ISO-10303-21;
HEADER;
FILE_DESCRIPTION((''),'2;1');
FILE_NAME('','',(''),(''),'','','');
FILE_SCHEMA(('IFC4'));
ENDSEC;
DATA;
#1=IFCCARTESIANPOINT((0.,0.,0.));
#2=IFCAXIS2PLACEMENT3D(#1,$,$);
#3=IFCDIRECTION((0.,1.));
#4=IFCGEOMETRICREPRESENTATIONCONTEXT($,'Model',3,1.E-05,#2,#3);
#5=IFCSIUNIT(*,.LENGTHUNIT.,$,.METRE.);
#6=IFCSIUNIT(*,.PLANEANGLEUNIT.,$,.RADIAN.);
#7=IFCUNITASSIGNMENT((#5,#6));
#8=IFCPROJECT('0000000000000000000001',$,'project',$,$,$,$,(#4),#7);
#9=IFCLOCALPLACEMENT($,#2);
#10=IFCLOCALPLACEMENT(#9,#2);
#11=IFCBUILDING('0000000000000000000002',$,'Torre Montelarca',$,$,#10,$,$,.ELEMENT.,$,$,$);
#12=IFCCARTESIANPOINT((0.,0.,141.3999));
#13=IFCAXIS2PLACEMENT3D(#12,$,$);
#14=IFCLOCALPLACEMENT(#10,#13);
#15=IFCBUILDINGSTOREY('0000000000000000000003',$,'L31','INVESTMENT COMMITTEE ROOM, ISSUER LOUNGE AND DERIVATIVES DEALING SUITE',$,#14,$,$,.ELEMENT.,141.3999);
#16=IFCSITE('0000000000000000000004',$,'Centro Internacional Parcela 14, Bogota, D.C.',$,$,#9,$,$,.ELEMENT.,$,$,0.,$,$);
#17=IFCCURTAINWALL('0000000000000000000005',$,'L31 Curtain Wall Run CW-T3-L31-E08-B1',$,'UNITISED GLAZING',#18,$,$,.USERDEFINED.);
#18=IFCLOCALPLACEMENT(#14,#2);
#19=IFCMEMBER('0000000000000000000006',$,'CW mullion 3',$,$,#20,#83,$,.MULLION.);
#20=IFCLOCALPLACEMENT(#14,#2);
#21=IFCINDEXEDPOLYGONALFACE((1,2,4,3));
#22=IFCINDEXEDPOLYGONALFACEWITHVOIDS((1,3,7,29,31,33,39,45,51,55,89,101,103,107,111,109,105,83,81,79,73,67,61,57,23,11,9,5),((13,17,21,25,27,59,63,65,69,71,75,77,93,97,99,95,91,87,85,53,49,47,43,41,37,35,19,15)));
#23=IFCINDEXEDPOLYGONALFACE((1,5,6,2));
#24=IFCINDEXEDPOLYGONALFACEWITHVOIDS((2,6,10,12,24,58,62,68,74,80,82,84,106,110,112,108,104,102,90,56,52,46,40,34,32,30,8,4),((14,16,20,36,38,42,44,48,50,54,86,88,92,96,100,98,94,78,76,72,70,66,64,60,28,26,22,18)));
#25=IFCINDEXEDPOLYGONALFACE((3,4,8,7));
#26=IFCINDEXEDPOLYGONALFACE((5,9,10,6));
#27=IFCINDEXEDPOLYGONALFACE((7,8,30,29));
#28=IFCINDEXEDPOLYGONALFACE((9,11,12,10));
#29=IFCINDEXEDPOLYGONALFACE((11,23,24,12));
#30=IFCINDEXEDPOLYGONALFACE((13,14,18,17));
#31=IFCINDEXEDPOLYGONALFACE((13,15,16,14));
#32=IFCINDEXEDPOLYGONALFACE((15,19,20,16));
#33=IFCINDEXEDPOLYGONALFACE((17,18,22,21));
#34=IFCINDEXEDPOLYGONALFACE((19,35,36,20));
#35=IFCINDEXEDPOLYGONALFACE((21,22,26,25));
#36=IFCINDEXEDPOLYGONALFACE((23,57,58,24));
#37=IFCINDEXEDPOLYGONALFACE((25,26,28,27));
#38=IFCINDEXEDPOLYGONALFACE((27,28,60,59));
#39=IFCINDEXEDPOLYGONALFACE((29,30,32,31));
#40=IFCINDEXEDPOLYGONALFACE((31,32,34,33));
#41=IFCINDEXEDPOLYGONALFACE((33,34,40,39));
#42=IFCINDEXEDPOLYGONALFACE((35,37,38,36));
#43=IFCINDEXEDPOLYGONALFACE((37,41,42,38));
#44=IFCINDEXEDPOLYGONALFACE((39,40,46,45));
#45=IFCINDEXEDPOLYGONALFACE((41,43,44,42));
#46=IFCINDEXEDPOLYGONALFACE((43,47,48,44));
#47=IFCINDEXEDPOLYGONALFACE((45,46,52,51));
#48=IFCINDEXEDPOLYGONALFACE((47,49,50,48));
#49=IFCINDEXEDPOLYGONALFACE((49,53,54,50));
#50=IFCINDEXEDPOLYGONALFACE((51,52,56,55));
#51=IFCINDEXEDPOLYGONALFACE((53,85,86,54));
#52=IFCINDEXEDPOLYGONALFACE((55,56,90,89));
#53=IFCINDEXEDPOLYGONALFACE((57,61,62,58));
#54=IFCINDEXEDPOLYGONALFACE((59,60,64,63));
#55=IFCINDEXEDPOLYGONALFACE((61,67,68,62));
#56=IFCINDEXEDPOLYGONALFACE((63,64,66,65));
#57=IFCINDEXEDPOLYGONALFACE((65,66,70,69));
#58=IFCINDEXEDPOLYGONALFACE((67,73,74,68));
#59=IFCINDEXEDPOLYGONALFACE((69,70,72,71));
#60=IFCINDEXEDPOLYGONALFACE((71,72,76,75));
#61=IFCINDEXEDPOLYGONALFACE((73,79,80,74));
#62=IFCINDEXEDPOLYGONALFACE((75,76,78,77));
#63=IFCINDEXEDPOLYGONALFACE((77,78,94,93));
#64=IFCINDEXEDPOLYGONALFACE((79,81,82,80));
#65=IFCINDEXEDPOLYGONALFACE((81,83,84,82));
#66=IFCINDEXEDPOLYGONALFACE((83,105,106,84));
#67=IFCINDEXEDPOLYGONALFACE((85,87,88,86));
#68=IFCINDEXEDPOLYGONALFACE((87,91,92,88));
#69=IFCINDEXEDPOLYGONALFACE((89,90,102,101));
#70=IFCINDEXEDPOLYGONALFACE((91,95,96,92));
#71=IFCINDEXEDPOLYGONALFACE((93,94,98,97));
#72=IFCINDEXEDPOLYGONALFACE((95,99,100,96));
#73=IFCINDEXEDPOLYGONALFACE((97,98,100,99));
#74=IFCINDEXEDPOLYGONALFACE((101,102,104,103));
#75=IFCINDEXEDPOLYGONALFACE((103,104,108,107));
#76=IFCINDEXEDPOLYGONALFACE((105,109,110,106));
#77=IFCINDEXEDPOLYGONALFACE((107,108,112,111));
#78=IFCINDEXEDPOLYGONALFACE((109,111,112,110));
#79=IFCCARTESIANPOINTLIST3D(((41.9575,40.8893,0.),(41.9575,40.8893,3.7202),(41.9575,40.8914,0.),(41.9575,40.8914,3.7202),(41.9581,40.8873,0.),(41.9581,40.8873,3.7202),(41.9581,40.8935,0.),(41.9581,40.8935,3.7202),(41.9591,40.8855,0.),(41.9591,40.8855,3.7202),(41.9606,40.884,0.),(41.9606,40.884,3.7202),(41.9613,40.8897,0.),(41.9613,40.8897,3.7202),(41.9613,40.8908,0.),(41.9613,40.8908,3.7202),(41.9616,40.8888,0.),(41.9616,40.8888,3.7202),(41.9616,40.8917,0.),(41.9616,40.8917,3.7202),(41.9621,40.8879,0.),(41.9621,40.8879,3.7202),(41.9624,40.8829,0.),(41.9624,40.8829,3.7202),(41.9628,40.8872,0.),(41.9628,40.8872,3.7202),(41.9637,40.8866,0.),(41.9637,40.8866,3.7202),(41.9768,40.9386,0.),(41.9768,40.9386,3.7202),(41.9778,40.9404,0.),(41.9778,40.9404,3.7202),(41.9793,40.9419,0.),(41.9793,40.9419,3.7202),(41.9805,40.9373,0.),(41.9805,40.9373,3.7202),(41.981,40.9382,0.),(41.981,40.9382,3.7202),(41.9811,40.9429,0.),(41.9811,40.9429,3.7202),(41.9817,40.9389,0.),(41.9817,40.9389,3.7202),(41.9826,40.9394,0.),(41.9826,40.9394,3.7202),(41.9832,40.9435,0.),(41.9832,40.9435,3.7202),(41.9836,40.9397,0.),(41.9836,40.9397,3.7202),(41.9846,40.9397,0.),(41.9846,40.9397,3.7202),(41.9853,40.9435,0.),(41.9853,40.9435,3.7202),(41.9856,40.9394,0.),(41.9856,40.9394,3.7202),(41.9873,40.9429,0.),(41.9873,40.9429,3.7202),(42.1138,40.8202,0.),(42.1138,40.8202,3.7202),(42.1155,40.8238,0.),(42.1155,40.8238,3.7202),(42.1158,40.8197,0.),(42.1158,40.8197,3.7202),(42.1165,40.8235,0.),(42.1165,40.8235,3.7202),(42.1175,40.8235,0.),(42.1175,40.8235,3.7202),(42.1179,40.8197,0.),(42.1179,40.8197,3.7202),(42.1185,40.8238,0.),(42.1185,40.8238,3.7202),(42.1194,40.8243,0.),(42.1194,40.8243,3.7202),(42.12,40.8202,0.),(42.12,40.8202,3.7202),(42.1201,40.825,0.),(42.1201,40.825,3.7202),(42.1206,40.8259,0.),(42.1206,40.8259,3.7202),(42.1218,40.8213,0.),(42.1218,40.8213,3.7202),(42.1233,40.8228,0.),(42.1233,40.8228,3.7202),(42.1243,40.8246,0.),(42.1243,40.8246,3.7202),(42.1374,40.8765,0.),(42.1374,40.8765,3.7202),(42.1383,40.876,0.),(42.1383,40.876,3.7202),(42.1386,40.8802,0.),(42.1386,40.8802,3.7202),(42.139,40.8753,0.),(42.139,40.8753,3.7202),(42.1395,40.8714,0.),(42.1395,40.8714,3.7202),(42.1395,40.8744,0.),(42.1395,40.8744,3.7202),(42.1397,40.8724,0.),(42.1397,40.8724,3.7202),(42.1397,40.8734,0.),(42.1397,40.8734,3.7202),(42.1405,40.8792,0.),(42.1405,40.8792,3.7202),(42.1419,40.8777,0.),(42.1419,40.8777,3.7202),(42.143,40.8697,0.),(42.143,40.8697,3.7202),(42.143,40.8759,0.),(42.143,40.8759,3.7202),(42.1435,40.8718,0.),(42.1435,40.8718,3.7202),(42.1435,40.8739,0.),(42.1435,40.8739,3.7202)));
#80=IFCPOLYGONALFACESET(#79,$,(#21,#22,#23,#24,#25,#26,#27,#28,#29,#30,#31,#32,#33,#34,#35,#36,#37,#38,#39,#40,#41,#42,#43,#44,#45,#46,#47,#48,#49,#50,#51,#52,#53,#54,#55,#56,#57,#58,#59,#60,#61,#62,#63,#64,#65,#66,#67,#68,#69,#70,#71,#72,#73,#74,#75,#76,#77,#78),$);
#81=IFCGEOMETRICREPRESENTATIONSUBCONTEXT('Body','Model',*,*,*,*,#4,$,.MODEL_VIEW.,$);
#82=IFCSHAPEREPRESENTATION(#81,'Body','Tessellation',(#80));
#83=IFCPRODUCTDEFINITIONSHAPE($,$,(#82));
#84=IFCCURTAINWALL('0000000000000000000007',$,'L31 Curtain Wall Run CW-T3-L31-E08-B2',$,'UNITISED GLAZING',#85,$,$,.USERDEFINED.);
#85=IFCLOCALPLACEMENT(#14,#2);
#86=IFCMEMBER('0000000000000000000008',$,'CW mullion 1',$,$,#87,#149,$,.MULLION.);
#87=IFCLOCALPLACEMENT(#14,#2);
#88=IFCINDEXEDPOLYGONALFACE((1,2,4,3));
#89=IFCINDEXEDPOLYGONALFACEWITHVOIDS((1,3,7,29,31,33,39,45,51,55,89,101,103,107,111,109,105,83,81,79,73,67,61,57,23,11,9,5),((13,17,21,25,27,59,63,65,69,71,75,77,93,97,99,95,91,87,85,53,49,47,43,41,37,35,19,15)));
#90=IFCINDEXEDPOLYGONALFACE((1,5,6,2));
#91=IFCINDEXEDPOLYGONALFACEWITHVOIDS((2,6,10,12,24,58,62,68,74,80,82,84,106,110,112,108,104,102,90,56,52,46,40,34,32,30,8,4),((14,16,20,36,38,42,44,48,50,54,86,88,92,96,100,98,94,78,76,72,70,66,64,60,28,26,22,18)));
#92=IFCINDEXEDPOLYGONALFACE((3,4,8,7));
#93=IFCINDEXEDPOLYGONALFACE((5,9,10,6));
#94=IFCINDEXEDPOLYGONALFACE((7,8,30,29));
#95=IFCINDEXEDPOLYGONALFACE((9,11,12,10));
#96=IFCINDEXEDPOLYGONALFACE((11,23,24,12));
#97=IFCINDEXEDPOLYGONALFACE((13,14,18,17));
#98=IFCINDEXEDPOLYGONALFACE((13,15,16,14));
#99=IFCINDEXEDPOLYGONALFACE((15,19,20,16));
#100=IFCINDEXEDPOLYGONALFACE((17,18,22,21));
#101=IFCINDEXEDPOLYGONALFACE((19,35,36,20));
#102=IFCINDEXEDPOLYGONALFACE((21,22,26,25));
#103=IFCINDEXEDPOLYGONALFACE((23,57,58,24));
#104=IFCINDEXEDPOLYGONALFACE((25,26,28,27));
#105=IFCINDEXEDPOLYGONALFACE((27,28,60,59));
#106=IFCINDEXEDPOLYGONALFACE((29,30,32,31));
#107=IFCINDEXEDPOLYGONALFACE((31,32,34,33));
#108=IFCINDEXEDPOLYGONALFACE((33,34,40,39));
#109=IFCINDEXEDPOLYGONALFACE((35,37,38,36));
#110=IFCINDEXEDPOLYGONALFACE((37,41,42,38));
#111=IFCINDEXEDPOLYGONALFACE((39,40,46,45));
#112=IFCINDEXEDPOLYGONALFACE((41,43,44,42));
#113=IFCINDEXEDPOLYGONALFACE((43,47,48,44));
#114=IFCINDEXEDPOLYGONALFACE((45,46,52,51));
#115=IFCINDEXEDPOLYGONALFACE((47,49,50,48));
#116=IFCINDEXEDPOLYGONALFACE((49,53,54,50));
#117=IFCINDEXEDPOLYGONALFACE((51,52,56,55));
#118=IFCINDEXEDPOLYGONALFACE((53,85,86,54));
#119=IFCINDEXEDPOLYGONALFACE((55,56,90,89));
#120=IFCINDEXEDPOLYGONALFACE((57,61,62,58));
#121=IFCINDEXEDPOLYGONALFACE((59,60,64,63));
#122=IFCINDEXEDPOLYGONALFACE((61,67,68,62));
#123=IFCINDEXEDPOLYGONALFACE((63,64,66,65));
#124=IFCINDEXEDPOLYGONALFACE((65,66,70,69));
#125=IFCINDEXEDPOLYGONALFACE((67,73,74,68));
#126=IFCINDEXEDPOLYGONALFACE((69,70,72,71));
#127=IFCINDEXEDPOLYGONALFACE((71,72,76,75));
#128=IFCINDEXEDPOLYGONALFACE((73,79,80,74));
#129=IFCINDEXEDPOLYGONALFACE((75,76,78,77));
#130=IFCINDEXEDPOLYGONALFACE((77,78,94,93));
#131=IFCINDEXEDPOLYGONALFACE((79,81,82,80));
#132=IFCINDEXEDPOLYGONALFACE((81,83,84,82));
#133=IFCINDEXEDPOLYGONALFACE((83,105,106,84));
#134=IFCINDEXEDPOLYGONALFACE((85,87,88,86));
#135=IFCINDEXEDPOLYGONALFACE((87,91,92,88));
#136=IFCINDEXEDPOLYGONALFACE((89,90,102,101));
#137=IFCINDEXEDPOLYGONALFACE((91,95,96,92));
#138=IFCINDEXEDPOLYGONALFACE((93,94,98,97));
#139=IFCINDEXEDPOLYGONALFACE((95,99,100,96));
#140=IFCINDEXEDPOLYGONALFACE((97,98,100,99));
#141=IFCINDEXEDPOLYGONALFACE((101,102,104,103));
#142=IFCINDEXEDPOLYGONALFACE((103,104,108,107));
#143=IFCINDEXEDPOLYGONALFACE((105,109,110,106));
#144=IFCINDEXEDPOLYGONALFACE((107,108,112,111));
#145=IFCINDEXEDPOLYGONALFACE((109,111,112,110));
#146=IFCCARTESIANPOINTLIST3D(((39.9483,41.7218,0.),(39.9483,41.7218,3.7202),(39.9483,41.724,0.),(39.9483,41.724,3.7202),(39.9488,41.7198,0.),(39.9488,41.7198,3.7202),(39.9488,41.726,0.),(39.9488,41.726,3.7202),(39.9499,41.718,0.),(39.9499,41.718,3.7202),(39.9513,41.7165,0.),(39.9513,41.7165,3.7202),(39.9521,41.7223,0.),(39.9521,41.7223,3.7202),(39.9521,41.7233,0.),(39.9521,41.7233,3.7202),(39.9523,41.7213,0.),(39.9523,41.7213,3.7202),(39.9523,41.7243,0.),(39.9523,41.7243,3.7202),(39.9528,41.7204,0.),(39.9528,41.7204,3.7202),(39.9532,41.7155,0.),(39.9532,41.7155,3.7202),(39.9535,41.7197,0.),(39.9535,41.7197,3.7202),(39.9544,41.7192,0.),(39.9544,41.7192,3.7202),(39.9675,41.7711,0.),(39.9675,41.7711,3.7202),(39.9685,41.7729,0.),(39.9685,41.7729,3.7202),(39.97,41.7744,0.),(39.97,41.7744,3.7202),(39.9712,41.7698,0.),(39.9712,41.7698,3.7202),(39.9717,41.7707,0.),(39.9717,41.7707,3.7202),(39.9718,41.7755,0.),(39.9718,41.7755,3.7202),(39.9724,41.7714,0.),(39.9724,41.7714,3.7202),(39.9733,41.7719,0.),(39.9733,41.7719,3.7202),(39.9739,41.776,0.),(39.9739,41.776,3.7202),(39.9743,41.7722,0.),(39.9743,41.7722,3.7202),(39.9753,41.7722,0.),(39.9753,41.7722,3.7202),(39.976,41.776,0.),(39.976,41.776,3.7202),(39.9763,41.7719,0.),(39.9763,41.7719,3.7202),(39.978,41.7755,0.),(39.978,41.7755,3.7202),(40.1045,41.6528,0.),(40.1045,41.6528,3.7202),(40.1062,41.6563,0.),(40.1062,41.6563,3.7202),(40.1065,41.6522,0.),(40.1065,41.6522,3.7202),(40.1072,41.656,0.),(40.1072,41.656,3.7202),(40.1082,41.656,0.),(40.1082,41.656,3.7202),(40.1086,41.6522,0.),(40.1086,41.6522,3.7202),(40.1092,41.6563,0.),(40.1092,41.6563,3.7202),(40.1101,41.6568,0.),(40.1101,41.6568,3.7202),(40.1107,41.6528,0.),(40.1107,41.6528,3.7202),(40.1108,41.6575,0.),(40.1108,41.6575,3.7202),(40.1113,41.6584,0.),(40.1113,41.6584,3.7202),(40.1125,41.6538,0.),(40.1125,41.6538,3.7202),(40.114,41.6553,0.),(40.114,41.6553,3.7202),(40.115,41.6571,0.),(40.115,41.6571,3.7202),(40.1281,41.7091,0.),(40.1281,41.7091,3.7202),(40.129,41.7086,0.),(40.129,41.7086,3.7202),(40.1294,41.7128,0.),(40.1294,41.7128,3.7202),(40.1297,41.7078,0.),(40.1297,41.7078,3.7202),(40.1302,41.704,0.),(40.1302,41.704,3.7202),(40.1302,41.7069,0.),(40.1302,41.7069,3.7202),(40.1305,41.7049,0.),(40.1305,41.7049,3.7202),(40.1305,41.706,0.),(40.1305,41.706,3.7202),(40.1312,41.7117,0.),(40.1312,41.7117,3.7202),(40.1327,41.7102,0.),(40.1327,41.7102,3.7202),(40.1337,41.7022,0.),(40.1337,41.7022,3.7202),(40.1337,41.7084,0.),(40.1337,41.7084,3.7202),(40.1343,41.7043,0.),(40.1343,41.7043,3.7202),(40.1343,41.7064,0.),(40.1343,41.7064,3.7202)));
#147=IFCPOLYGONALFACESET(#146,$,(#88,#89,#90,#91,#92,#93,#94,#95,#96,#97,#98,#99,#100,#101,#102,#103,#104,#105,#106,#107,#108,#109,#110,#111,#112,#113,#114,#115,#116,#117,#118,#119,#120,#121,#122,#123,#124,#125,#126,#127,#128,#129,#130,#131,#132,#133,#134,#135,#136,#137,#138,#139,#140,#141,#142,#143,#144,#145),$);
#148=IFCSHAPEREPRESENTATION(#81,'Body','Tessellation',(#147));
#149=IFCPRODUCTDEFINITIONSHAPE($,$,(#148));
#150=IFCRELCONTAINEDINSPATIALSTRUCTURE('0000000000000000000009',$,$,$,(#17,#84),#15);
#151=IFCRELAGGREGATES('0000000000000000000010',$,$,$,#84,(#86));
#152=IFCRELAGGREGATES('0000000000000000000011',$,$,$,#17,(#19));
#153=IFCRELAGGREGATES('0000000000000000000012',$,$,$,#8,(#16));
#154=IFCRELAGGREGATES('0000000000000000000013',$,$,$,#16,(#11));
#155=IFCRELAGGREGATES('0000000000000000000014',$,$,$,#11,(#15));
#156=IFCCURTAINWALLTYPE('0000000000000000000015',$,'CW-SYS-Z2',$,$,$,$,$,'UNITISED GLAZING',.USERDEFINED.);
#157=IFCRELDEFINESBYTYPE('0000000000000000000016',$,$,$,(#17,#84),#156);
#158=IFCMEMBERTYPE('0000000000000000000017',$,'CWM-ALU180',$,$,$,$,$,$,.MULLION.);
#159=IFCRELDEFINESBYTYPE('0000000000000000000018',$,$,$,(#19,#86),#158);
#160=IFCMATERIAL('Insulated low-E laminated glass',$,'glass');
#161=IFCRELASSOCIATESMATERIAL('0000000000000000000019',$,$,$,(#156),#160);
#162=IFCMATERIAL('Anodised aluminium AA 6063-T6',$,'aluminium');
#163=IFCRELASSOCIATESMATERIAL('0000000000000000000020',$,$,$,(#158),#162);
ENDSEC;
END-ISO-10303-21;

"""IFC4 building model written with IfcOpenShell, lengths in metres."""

from ifc_helpers import new_model, si_unit, direction, frame, origin, origin_2d, place, context, subcontext, project, spatial, hollow_rectangle, extrude, source, transform, mapped, material, material_profile, profile_set, type_object, element, aggregate, save


model = new_model("IFC4")

# Units and contexts
model_context = context("Model", 3, precision=1e-05, world=origin(), true_north=direction((0.0, 1.0)))
body_context = subcontext(model_context, "Body", "Model", "MODEL_VIEW")
ifc_project = project(units=[si_unit("LENGTHUNIT", "METRE"), si_unit("PLANEANGLEUNIT", "RADIAN")], contexts=[model_context])

# Site, building, storey
site_placement = place(None, origin())
site = spatial("IfcSite", under=ifc_project, at=site_placement, Name="Centro Internacional Parcela 14, Bogota, D.C.", CompositionType="ELEMENT", RefElevation=0.0)
building_placement = place(site_placement, origin())
building = spatial("IfcBuilding", under=site, at=building_placement, Name="Torre Montelarca", CompositionType="ELEMENT")
storey_placement = place(building_placement, frame((0.0, 0.0, 141.3999)))
storey = spatial("IfcBuildingStorey", under=building, at=storey_placement, Name="L31", Description="INVESTMENT COMMITTEE ROOM, ISSUER LOUNGE AND DERIVATIVES DEALING SUITE", CompositionType="ELEMENT", Elevation=141.3999)

# Shared definitions
ifc_material_1 = material(Name="Insulated low-E laminated glass", Category="glass")
curtain_wall_type = type_object("IfcCurtainWallType", Name="CW-SYS-Z2", ElementType="UNITISED GLAZING", PredefinedType="USERDEFINED", material=ifc_material_1)
ifc_material_2 = material(Name="Anodised aluminium AA 6063-T6", Category="aluminium")

# Shared definitions
ifc_material_profile_1 = material_profile(ifc_material_2, hollow_rectangle(XDim=0.0649, YDim=0.1799, WallThickness=0.0039, InnerFilletRadius=0.0039, OuterFilletRadius=0.0081, at=origin_2d()), Name="ALU65X180X4", Category="aluminium")
ifc_profile_set_1 = profile_set([ifc_material_profile_1], Name="Anodised aluminium AA 6063-T6")
member_type_1 = type_object("IfcMemberType", Name="CWM-ALU180", PredefinedType="MULLION", material=ifc_profile_set_1)
shared_shape_1 = source(origin(), body_context, "Body", "SweptSolid", [
    extrude(hollow_rectangle(XDim=0.0649, YDim=0.1799, WallThickness=0.0039, InnerFilletRadius=0.0039, OuterFilletRadius=0.0081, at=origin_2d()), origin(), (0.0, 0.0, 1.0), 3.7202),
])

# Curtain walls, members
curtain_wall_1_placement = place(storey_placement, origin())
curtain_wall_1 = element("IfcCurtainWall", 1, at=curtain_wall_1_placement, inside=storey, type_object=curtain_wall_type, Name="L31 Curtain Wall Run CW-T3-L31-E08-B1", ObjectType="UNITISED GLAZING", PredefinedType="USERDEFINED")
member_1_placement = place(storey_placement, frame((42.0505, 40.8816, 0.0), z_axis=(0.0, 0.0, 1.0), x_axis=(-0.382681, -0.923881, 0.0)))
member_1 = element("IfcMember", 2, at=member_1_placement, type_object=member_type_1, Name="CW mullion 3", PredefinedType="MULLION", context=body_context, shape_type="MappedRepresentation", body=[
    mapped(shared_shape_1, transform((0.0, 0.0, 0.0), scale=1.0)),
])
curtain_wall_2_placement = place(storey_placement, origin())
curtain_wall_2 = element("IfcCurtainWall", 3, at=curtain_wall_2_placement, inside=storey, type_object=curtain_wall_type, Name="L31 Curtain Wall Run CW-T3-L31-E08-B2", ObjectType="UNITISED GLAZING", PredefinedType="USERDEFINED")
member_2_placement = place(storey_placement, frame((40.0413, 41.7141, 0.0), z_axis=(0.0, 0.0, 1.0), x_axis=(-0.382686, -0.923878, 0.0)))
member_2 = element("IfcMember", 4, at=member_2_placement, type_object=member_type_1, Name="CW mullion 1", PredefinedType="MULLION", context=body_context, shape_type="MappedRepresentation", body=[
    mapped(shared_shape_1, transform((0.0, 0.0, 0.0), scale=1.0)),
])

aggregate(curtain_wall_2, [member_2])
aggregate(curtain_wall_1, [member_1])

save(model, "model.ifc")
